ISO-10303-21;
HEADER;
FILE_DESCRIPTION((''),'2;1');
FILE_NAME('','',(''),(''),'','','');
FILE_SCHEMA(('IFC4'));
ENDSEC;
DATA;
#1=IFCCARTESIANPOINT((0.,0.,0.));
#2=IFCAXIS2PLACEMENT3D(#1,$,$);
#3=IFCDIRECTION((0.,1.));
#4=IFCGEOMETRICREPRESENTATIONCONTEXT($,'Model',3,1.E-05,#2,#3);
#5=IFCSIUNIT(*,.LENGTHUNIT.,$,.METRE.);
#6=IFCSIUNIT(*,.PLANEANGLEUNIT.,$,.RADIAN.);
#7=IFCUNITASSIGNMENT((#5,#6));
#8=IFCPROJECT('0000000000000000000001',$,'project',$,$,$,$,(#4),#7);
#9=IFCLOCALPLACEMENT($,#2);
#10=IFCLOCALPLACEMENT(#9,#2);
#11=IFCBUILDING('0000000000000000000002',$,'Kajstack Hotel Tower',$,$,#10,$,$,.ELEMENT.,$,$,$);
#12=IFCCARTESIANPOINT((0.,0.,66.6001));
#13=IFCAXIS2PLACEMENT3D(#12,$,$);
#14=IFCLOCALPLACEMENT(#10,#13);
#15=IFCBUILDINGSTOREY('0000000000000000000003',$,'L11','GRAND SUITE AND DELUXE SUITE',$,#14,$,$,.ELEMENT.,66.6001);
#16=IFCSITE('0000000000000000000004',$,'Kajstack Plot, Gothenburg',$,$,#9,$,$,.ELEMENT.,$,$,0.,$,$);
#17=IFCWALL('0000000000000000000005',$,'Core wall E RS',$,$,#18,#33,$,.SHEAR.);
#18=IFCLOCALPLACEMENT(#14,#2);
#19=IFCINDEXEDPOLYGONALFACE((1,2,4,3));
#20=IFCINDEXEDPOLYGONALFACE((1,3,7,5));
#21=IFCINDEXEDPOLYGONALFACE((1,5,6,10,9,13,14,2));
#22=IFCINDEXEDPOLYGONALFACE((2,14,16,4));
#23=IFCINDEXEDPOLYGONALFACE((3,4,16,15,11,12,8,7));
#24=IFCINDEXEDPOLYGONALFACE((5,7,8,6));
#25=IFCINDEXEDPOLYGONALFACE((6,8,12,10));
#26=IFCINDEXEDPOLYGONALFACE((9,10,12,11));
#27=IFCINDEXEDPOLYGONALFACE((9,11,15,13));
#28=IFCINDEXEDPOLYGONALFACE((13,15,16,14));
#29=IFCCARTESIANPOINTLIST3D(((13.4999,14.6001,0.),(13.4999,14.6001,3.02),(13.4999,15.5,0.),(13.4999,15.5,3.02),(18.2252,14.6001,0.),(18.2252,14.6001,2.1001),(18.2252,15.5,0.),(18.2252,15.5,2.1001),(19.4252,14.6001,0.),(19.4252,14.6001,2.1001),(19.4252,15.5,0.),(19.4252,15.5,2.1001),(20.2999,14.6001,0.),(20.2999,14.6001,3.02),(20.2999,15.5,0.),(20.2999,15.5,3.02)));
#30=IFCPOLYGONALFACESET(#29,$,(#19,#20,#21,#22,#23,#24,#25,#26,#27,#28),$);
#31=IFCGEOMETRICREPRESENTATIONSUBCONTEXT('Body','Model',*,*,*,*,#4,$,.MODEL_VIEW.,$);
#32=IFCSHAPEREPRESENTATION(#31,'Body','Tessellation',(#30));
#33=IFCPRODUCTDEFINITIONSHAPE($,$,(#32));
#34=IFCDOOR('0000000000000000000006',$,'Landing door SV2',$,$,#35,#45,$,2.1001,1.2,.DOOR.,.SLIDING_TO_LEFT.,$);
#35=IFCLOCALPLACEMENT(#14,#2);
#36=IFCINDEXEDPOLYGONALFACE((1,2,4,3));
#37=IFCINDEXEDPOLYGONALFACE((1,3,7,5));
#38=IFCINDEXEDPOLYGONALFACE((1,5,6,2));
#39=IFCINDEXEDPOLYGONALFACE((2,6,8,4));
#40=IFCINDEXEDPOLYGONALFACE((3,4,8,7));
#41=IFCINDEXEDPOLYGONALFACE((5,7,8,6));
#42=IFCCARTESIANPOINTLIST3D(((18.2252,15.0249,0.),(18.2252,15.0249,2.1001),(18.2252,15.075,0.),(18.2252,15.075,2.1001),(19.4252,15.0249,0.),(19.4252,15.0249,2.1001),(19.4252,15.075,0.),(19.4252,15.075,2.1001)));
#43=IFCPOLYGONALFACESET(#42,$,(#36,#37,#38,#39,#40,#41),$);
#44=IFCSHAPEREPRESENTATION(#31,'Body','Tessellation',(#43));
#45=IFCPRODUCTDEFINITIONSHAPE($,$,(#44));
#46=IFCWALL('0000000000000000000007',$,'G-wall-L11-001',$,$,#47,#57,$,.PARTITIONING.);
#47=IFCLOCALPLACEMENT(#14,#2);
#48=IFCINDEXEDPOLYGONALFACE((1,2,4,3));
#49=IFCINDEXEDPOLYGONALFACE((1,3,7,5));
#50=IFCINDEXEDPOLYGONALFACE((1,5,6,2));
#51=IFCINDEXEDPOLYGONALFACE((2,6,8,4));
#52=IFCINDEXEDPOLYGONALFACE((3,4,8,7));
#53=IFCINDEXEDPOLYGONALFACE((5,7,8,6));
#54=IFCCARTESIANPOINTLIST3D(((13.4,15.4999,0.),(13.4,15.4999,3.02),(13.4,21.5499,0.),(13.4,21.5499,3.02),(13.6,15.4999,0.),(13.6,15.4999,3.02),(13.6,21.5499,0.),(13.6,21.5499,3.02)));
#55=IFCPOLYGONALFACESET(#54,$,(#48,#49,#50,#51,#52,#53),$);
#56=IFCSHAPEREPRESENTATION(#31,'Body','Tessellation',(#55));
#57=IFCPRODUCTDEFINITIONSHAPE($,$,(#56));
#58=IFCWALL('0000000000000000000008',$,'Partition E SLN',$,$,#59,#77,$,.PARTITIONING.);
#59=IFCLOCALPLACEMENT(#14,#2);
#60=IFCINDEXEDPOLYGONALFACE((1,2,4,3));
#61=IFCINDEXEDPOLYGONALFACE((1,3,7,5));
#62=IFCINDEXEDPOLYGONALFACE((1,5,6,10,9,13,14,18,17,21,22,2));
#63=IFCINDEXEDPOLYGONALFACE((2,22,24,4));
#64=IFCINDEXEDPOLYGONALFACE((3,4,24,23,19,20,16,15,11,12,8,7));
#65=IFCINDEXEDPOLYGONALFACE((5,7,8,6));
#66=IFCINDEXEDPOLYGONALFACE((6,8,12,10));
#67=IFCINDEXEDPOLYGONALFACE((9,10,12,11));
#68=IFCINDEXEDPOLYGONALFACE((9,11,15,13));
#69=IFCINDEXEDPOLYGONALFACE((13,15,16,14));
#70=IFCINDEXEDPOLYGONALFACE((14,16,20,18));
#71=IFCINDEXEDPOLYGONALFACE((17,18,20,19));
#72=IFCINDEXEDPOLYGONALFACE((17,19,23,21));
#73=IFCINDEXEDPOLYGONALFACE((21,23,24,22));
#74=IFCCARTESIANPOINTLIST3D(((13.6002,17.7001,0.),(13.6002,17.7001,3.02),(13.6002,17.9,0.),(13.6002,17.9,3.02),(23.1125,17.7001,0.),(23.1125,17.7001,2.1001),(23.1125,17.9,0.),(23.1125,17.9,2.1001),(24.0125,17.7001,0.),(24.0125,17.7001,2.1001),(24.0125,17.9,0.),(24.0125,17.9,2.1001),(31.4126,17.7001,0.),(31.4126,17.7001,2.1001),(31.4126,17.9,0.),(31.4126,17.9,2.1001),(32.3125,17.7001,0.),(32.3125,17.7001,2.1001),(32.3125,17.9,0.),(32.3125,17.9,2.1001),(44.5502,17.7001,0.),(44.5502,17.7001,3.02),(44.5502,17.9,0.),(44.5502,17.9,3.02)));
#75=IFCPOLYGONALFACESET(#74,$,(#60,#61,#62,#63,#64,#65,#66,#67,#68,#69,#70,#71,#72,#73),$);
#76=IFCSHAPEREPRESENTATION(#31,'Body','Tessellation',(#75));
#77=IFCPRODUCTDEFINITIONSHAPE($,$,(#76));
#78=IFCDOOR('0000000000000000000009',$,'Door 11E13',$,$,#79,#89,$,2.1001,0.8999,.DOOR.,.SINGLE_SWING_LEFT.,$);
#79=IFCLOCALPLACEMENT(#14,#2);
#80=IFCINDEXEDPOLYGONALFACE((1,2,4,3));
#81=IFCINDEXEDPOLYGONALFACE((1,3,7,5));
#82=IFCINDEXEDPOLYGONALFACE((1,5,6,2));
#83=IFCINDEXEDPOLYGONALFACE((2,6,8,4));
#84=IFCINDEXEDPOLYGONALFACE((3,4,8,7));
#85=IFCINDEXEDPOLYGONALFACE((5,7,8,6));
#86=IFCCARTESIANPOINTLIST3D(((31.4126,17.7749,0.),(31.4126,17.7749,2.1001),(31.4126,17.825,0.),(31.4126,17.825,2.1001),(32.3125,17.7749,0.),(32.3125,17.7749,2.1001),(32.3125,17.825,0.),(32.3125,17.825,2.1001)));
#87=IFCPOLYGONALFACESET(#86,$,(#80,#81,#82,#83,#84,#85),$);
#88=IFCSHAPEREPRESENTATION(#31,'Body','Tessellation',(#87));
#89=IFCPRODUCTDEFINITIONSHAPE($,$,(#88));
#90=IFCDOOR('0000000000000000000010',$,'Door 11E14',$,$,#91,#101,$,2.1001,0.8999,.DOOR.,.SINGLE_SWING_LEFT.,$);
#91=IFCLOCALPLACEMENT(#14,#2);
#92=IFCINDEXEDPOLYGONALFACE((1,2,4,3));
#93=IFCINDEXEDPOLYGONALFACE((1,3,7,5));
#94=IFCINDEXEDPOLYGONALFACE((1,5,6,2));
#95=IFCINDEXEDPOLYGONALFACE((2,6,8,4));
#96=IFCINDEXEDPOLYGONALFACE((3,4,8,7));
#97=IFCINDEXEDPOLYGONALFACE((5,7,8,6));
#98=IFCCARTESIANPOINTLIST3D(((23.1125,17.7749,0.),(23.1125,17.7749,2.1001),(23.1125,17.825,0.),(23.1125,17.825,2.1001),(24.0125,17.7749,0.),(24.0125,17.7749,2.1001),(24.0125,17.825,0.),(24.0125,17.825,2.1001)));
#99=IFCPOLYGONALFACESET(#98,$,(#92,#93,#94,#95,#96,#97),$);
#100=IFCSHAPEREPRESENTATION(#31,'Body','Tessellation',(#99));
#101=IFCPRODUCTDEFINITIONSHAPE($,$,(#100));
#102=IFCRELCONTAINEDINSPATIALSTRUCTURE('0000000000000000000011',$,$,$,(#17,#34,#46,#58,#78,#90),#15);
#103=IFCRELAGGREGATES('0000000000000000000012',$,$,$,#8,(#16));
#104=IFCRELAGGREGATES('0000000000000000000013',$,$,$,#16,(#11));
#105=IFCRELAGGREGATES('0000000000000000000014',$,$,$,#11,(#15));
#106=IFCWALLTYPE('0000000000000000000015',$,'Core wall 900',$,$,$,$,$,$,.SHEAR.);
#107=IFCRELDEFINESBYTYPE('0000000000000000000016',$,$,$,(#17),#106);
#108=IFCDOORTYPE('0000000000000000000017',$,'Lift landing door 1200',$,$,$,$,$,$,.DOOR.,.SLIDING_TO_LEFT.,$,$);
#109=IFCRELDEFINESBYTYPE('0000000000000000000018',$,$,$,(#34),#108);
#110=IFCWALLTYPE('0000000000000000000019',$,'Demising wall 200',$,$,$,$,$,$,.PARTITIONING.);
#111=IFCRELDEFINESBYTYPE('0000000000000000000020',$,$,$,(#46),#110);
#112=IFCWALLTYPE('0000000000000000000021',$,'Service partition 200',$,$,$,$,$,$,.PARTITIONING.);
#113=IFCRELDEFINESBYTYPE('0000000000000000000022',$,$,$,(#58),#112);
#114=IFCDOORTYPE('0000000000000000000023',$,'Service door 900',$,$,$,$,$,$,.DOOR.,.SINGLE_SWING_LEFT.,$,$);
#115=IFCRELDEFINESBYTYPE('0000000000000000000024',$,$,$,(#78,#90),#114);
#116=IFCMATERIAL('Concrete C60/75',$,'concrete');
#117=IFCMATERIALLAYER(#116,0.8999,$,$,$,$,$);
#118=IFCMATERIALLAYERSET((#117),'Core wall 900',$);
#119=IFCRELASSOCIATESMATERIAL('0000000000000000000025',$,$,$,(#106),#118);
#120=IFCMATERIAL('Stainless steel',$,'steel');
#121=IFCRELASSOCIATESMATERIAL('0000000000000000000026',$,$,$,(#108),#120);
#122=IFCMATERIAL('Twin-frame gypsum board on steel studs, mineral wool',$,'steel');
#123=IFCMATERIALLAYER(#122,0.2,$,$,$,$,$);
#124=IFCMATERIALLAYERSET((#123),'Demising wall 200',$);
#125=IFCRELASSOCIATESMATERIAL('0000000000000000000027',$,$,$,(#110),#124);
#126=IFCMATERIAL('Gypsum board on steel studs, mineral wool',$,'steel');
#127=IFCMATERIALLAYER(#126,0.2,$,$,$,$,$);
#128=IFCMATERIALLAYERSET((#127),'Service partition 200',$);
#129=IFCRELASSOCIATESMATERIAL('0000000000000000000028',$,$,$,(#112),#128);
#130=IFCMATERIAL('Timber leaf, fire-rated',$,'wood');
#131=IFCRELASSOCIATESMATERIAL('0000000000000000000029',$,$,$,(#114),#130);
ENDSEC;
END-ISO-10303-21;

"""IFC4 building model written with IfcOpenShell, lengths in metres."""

from ifc_helpers import new_model, si_unit, direction, frame, frame_2d, origin, place, context, subcontext, project, spatial, rectangle, extrude, material, layer, layer_set, type_object, element, fill, save


model = new_model("IFC4")

# Units and contexts
model_context = context("Model", 3, precision=1e-05, world=origin(), true_north=direction((0.0, 1.0)))
body_context = subcontext(model_context, "Body", "Model", "MODEL_VIEW")
ifc_project = project(units=[si_unit("LENGTHUNIT", "METRE"), si_unit("PLANEANGLEUNIT", "RADIAN")], contexts=[model_context])

# Site, building, storey
site_placement = place(None, origin())
site = spatial("IfcSite", under=ifc_project, at=site_placement, Name="Kajstack Plot, Gothenburg", CompositionType="ELEMENT", RefElevation=0.0)
building_placement = place(site_placement, origin())
building = spatial("IfcBuilding", under=site, at=building_placement, Name="Kajstack Hotel Tower", CompositionType="ELEMENT")
storey_placement = place(building_placement, frame((0.0, 0.0, 66.6001)))
storey = spatial("IfcBuildingStorey", under=building, at=storey_placement, Name="L11", Description="GRAND SUITE AND DELUXE SUITE", CompositionType="ELEMENT", Elevation=66.6001)

# Wall, opening, door
ifc_material_1 = material(Name="Concrete C60/75", Category="concrete")
ifc_layer_1 = layer(ifc_material_1, 0.8999)
ifc_layer_set_1 = layer_set([ifc_layer_1], Name="Core wall 900")
wall_type_1 = type_object("IfcWallType", Name="Core wall 900", PredefinedType="SHEAR", material=ifc_layer_set_1)
wall_1_placement = place(storey_placement, frame((13.5, 15.05, 0.0), z_axis=(0.0, 0.0, 1.0), x_axis=(1.0, 0.0, 0.0)))
wall_1 = element("IfcWall", 1, at=wall_1_placement, inside=storey, type_object=wall_type_1, Name="Core wall E RS", PredefinedType="SHEAR", context=body_context, shape_type="SweptSolid", body=[
    extrude(rectangle(XDim=6.8, YDim=0.8999, at=frame_2d((3.3999, 0.0))), origin(), (0.0, 0.0, 1.0), 3.02),
])
opening_1_placement = place(wall_1_placement, frame((4.7251, 0.0, 0.0)))
opening_1 = element("IfcOpeningElement", 2, at=opening_1_placement, cuts=wall_1, PredefinedType="OPENING", context=body_context, shape_type="SweptSolid", body=[
    extrude(rectangle(XDim=1.2, YDim=2.1001, at=frame_2d((0.6001, 1.05))), frame((0.0, 0.46, 0.0), z_axis=(0.0, -1.0, 0.0), x_axis=(1.0, 0.0, 0.0)), (0.0, 0.0, 1.0), 0.9199),
])
ifc_material_2 = material(Name="Stainless steel", Category="steel")
door_type_1 = type_object("IfcDoorType", Name="Lift landing door 1200", OperationType="SLIDING_TO_LEFT", PredefinedType="DOOR", material=ifc_material_2)
door_1_placement = place(opening_1_placement, origin())
door_1 = element("IfcDoor", 3, at=door_1_placement, inside=storey, type_object=door_type_1, Name="Landing door SV2", OperationType="SLIDING_TO_LEFT", OverallHeight=2.1001, OverallWidth=1.2, PredefinedType="DOOR", context=body_context, shape_type="SweptSolid", body=[
    extrude(rectangle(XDim=1.2, YDim=2.1001, at=frame_2d((0.6001, 1.05))), frame((0.0, 0.0249, 0.0), z_axis=(0.0, -1.0, 0.0), x_axis=(1.0, 0.0, 0.0)), (0.0, 0.0, 1.0), 0.05),
])
fill(opening_1, door_1)

# Wall
ifc_material_3 = material(Name="Twin-frame gypsum board on steel studs, mineral wool", Category="steel")
ifc_layer_2 = layer(ifc_material_3, 0.2)
ifc_layer_set_2 = layer_set([ifc_layer_2], Name="Demising wall 200")
wall_type_2 = type_object("IfcWallType", Name="Demising wall 200", PredefinedType="PARTITIONING", material=ifc_layer_set_2)
wall_2_placement = place(storey_placement, frame((13.5, 15.5, 0.0), z_axis=(0.0, 0.0, 1.0), x_axis=(0.0, 1.0, 0.0)))
element("IfcWall", 4, at=wall_2_placement, inside=storey, type_object=wall_type_2, Name="G-wall-L11-001", PredefinedType="PARTITIONING", context=body_context, shape_type="SweptSolid", body=[
    extrude(rectangle(XDim=6.05, YDim=0.2, at=frame_2d((3.0249, 0.0))), origin(), (0.0, 0.0, 1.0), 3.02),
])

# Wall, openings, doors
ifc_material_4 = material(Name="Gypsum board on steel studs, mineral wool", Category="steel")
ifc_layer_3 = layer(ifc_material_4, 0.2)
ifc_layer_set_3 = layer_set([ifc_layer_3], Name="Service partition 200")
wall_type_3 = type_object("IfcWallType", Name="Service partition 200", PredefinedType="PARTITIONING", material=ifc_layer_set_3)
wall_3_placement = place(storey_placement, frame((13.6001, 17.8, 0.0), z_axis=(0.0, 0.0, 1.0), x_axis=(1.0, 0.0, 0.0)))
wall_3 = element("IfcWall", 5, at=wall_3_placement, inside=storey, type_object=wall_type_3, Name="Partition E SLN", PredefinedType="PARTITIONING", context=body_context, shape_type="SweptSolid", body=[
    extrude(rectangle(XDim=30.95, YDim=0.2, at=frame_2d((15.4751, 0.0))), origin(), (0.0, 0.0, 1.0), 3.02),
])
opening_2_placement = place(wall_3_placement, frame((17.8125, 0.0, 0.0)))
opening_2 = element("IfcOpeningElement", 6, at=opening_2_placement, cuts=wall_3, PredefinedType="OPENING", context=body_context, shape_type="SweptSolid", body=[
    extrude(rectangle(XDim=0.8999, YDim=2.1001, at=frame_2d((0.45, 1.05))), frame((0.0, 0.1099, 0.0), z_axis=(0.0, -1.0, 0.0), x_axis=(1.0, 0.0, 0.0)), (0.0, 0.0, 1.0), 0.22),
])
opening_3_placement = place(wall_3_placement, frame((9.5125, 0.0, 0.0)))
opening_3 = element("IfcOpeningElement", 7, at=opening_3_placement, cuts=wall_3, PredefinedType="OPENING", context=body_context, shape_type="SweptSolid", body=[
    extrude(rectangle(XDim=0.8999, YDim=2.1001, at=frame_2d((0.45, 1.05))), frame((0.0, 0.1099, 0.0), z_axis=(0.0, -1.0, 0.0), x_axis=(1.0, 0.0, 0.0)), (0.0, 0.0, 1.0), 0.22),
])
ifc_material_5 = material(Name="Timber leaf, fire-rated", Category="wood")
door_type_2 = type_object("IfcDoorType", Name="Service door 900", OperationType="SINGLE_SWING_LEFT", PredefinedType="DOOR", material=ifc_material_5)
door_2_placement = place(opening_2_placement, origin())
door_2 = element("IfcDoor", 8, at=door_2_placement, inside=storey, type_object=door_type_2, Name="Door 11E13", OperationType="SINGLE_SWING_LEFT", OverallHeight=2.1001, OverallWidth=0.8999, PredefinedType="DOOR", context=body_context, shape_type="SweptSolid", body=[
    extrude(rectangle(XDim=0.8999, YDim=2.1001, at=frame_2d((0.45, 1.05))), frame((0.0, 0.0249, 0.0), z_axis=(0.0, -1.0, 0.0), x_axis=(1.0, 0.0, 0.0)), (0.0, 0.0, 1.0), 0.05),
])
fill(opening_2, door_2)
door_3_placement = place(opening_3_placement, origin())
door_3 = element("IfcDoor", 9, at=door_3_placement, inside=storey, type_object=door_type_2, Name="Door 11E14", OperationType="SINGLE_SWING_LEFT", OverallHeight=2.1001, OverallWidth=0.8999, PredefinedType="DOOR", context=body_context, shape_type="SweptSolid", body=[
    extrude(rectangle(XDim=0.8999, YDim=2.1001, at=frame_2d((0.45, 1.05))), frame((0.0, 0.0249, 0.0), z_axis=(0.0, -1.0, 0.0), x_axis=(1.0, 0.0, 0.0)), (0.0, 0.0, 1.0), 0.05),
])
fill(opening_3, door_3)

save(model, "model.ifc")
